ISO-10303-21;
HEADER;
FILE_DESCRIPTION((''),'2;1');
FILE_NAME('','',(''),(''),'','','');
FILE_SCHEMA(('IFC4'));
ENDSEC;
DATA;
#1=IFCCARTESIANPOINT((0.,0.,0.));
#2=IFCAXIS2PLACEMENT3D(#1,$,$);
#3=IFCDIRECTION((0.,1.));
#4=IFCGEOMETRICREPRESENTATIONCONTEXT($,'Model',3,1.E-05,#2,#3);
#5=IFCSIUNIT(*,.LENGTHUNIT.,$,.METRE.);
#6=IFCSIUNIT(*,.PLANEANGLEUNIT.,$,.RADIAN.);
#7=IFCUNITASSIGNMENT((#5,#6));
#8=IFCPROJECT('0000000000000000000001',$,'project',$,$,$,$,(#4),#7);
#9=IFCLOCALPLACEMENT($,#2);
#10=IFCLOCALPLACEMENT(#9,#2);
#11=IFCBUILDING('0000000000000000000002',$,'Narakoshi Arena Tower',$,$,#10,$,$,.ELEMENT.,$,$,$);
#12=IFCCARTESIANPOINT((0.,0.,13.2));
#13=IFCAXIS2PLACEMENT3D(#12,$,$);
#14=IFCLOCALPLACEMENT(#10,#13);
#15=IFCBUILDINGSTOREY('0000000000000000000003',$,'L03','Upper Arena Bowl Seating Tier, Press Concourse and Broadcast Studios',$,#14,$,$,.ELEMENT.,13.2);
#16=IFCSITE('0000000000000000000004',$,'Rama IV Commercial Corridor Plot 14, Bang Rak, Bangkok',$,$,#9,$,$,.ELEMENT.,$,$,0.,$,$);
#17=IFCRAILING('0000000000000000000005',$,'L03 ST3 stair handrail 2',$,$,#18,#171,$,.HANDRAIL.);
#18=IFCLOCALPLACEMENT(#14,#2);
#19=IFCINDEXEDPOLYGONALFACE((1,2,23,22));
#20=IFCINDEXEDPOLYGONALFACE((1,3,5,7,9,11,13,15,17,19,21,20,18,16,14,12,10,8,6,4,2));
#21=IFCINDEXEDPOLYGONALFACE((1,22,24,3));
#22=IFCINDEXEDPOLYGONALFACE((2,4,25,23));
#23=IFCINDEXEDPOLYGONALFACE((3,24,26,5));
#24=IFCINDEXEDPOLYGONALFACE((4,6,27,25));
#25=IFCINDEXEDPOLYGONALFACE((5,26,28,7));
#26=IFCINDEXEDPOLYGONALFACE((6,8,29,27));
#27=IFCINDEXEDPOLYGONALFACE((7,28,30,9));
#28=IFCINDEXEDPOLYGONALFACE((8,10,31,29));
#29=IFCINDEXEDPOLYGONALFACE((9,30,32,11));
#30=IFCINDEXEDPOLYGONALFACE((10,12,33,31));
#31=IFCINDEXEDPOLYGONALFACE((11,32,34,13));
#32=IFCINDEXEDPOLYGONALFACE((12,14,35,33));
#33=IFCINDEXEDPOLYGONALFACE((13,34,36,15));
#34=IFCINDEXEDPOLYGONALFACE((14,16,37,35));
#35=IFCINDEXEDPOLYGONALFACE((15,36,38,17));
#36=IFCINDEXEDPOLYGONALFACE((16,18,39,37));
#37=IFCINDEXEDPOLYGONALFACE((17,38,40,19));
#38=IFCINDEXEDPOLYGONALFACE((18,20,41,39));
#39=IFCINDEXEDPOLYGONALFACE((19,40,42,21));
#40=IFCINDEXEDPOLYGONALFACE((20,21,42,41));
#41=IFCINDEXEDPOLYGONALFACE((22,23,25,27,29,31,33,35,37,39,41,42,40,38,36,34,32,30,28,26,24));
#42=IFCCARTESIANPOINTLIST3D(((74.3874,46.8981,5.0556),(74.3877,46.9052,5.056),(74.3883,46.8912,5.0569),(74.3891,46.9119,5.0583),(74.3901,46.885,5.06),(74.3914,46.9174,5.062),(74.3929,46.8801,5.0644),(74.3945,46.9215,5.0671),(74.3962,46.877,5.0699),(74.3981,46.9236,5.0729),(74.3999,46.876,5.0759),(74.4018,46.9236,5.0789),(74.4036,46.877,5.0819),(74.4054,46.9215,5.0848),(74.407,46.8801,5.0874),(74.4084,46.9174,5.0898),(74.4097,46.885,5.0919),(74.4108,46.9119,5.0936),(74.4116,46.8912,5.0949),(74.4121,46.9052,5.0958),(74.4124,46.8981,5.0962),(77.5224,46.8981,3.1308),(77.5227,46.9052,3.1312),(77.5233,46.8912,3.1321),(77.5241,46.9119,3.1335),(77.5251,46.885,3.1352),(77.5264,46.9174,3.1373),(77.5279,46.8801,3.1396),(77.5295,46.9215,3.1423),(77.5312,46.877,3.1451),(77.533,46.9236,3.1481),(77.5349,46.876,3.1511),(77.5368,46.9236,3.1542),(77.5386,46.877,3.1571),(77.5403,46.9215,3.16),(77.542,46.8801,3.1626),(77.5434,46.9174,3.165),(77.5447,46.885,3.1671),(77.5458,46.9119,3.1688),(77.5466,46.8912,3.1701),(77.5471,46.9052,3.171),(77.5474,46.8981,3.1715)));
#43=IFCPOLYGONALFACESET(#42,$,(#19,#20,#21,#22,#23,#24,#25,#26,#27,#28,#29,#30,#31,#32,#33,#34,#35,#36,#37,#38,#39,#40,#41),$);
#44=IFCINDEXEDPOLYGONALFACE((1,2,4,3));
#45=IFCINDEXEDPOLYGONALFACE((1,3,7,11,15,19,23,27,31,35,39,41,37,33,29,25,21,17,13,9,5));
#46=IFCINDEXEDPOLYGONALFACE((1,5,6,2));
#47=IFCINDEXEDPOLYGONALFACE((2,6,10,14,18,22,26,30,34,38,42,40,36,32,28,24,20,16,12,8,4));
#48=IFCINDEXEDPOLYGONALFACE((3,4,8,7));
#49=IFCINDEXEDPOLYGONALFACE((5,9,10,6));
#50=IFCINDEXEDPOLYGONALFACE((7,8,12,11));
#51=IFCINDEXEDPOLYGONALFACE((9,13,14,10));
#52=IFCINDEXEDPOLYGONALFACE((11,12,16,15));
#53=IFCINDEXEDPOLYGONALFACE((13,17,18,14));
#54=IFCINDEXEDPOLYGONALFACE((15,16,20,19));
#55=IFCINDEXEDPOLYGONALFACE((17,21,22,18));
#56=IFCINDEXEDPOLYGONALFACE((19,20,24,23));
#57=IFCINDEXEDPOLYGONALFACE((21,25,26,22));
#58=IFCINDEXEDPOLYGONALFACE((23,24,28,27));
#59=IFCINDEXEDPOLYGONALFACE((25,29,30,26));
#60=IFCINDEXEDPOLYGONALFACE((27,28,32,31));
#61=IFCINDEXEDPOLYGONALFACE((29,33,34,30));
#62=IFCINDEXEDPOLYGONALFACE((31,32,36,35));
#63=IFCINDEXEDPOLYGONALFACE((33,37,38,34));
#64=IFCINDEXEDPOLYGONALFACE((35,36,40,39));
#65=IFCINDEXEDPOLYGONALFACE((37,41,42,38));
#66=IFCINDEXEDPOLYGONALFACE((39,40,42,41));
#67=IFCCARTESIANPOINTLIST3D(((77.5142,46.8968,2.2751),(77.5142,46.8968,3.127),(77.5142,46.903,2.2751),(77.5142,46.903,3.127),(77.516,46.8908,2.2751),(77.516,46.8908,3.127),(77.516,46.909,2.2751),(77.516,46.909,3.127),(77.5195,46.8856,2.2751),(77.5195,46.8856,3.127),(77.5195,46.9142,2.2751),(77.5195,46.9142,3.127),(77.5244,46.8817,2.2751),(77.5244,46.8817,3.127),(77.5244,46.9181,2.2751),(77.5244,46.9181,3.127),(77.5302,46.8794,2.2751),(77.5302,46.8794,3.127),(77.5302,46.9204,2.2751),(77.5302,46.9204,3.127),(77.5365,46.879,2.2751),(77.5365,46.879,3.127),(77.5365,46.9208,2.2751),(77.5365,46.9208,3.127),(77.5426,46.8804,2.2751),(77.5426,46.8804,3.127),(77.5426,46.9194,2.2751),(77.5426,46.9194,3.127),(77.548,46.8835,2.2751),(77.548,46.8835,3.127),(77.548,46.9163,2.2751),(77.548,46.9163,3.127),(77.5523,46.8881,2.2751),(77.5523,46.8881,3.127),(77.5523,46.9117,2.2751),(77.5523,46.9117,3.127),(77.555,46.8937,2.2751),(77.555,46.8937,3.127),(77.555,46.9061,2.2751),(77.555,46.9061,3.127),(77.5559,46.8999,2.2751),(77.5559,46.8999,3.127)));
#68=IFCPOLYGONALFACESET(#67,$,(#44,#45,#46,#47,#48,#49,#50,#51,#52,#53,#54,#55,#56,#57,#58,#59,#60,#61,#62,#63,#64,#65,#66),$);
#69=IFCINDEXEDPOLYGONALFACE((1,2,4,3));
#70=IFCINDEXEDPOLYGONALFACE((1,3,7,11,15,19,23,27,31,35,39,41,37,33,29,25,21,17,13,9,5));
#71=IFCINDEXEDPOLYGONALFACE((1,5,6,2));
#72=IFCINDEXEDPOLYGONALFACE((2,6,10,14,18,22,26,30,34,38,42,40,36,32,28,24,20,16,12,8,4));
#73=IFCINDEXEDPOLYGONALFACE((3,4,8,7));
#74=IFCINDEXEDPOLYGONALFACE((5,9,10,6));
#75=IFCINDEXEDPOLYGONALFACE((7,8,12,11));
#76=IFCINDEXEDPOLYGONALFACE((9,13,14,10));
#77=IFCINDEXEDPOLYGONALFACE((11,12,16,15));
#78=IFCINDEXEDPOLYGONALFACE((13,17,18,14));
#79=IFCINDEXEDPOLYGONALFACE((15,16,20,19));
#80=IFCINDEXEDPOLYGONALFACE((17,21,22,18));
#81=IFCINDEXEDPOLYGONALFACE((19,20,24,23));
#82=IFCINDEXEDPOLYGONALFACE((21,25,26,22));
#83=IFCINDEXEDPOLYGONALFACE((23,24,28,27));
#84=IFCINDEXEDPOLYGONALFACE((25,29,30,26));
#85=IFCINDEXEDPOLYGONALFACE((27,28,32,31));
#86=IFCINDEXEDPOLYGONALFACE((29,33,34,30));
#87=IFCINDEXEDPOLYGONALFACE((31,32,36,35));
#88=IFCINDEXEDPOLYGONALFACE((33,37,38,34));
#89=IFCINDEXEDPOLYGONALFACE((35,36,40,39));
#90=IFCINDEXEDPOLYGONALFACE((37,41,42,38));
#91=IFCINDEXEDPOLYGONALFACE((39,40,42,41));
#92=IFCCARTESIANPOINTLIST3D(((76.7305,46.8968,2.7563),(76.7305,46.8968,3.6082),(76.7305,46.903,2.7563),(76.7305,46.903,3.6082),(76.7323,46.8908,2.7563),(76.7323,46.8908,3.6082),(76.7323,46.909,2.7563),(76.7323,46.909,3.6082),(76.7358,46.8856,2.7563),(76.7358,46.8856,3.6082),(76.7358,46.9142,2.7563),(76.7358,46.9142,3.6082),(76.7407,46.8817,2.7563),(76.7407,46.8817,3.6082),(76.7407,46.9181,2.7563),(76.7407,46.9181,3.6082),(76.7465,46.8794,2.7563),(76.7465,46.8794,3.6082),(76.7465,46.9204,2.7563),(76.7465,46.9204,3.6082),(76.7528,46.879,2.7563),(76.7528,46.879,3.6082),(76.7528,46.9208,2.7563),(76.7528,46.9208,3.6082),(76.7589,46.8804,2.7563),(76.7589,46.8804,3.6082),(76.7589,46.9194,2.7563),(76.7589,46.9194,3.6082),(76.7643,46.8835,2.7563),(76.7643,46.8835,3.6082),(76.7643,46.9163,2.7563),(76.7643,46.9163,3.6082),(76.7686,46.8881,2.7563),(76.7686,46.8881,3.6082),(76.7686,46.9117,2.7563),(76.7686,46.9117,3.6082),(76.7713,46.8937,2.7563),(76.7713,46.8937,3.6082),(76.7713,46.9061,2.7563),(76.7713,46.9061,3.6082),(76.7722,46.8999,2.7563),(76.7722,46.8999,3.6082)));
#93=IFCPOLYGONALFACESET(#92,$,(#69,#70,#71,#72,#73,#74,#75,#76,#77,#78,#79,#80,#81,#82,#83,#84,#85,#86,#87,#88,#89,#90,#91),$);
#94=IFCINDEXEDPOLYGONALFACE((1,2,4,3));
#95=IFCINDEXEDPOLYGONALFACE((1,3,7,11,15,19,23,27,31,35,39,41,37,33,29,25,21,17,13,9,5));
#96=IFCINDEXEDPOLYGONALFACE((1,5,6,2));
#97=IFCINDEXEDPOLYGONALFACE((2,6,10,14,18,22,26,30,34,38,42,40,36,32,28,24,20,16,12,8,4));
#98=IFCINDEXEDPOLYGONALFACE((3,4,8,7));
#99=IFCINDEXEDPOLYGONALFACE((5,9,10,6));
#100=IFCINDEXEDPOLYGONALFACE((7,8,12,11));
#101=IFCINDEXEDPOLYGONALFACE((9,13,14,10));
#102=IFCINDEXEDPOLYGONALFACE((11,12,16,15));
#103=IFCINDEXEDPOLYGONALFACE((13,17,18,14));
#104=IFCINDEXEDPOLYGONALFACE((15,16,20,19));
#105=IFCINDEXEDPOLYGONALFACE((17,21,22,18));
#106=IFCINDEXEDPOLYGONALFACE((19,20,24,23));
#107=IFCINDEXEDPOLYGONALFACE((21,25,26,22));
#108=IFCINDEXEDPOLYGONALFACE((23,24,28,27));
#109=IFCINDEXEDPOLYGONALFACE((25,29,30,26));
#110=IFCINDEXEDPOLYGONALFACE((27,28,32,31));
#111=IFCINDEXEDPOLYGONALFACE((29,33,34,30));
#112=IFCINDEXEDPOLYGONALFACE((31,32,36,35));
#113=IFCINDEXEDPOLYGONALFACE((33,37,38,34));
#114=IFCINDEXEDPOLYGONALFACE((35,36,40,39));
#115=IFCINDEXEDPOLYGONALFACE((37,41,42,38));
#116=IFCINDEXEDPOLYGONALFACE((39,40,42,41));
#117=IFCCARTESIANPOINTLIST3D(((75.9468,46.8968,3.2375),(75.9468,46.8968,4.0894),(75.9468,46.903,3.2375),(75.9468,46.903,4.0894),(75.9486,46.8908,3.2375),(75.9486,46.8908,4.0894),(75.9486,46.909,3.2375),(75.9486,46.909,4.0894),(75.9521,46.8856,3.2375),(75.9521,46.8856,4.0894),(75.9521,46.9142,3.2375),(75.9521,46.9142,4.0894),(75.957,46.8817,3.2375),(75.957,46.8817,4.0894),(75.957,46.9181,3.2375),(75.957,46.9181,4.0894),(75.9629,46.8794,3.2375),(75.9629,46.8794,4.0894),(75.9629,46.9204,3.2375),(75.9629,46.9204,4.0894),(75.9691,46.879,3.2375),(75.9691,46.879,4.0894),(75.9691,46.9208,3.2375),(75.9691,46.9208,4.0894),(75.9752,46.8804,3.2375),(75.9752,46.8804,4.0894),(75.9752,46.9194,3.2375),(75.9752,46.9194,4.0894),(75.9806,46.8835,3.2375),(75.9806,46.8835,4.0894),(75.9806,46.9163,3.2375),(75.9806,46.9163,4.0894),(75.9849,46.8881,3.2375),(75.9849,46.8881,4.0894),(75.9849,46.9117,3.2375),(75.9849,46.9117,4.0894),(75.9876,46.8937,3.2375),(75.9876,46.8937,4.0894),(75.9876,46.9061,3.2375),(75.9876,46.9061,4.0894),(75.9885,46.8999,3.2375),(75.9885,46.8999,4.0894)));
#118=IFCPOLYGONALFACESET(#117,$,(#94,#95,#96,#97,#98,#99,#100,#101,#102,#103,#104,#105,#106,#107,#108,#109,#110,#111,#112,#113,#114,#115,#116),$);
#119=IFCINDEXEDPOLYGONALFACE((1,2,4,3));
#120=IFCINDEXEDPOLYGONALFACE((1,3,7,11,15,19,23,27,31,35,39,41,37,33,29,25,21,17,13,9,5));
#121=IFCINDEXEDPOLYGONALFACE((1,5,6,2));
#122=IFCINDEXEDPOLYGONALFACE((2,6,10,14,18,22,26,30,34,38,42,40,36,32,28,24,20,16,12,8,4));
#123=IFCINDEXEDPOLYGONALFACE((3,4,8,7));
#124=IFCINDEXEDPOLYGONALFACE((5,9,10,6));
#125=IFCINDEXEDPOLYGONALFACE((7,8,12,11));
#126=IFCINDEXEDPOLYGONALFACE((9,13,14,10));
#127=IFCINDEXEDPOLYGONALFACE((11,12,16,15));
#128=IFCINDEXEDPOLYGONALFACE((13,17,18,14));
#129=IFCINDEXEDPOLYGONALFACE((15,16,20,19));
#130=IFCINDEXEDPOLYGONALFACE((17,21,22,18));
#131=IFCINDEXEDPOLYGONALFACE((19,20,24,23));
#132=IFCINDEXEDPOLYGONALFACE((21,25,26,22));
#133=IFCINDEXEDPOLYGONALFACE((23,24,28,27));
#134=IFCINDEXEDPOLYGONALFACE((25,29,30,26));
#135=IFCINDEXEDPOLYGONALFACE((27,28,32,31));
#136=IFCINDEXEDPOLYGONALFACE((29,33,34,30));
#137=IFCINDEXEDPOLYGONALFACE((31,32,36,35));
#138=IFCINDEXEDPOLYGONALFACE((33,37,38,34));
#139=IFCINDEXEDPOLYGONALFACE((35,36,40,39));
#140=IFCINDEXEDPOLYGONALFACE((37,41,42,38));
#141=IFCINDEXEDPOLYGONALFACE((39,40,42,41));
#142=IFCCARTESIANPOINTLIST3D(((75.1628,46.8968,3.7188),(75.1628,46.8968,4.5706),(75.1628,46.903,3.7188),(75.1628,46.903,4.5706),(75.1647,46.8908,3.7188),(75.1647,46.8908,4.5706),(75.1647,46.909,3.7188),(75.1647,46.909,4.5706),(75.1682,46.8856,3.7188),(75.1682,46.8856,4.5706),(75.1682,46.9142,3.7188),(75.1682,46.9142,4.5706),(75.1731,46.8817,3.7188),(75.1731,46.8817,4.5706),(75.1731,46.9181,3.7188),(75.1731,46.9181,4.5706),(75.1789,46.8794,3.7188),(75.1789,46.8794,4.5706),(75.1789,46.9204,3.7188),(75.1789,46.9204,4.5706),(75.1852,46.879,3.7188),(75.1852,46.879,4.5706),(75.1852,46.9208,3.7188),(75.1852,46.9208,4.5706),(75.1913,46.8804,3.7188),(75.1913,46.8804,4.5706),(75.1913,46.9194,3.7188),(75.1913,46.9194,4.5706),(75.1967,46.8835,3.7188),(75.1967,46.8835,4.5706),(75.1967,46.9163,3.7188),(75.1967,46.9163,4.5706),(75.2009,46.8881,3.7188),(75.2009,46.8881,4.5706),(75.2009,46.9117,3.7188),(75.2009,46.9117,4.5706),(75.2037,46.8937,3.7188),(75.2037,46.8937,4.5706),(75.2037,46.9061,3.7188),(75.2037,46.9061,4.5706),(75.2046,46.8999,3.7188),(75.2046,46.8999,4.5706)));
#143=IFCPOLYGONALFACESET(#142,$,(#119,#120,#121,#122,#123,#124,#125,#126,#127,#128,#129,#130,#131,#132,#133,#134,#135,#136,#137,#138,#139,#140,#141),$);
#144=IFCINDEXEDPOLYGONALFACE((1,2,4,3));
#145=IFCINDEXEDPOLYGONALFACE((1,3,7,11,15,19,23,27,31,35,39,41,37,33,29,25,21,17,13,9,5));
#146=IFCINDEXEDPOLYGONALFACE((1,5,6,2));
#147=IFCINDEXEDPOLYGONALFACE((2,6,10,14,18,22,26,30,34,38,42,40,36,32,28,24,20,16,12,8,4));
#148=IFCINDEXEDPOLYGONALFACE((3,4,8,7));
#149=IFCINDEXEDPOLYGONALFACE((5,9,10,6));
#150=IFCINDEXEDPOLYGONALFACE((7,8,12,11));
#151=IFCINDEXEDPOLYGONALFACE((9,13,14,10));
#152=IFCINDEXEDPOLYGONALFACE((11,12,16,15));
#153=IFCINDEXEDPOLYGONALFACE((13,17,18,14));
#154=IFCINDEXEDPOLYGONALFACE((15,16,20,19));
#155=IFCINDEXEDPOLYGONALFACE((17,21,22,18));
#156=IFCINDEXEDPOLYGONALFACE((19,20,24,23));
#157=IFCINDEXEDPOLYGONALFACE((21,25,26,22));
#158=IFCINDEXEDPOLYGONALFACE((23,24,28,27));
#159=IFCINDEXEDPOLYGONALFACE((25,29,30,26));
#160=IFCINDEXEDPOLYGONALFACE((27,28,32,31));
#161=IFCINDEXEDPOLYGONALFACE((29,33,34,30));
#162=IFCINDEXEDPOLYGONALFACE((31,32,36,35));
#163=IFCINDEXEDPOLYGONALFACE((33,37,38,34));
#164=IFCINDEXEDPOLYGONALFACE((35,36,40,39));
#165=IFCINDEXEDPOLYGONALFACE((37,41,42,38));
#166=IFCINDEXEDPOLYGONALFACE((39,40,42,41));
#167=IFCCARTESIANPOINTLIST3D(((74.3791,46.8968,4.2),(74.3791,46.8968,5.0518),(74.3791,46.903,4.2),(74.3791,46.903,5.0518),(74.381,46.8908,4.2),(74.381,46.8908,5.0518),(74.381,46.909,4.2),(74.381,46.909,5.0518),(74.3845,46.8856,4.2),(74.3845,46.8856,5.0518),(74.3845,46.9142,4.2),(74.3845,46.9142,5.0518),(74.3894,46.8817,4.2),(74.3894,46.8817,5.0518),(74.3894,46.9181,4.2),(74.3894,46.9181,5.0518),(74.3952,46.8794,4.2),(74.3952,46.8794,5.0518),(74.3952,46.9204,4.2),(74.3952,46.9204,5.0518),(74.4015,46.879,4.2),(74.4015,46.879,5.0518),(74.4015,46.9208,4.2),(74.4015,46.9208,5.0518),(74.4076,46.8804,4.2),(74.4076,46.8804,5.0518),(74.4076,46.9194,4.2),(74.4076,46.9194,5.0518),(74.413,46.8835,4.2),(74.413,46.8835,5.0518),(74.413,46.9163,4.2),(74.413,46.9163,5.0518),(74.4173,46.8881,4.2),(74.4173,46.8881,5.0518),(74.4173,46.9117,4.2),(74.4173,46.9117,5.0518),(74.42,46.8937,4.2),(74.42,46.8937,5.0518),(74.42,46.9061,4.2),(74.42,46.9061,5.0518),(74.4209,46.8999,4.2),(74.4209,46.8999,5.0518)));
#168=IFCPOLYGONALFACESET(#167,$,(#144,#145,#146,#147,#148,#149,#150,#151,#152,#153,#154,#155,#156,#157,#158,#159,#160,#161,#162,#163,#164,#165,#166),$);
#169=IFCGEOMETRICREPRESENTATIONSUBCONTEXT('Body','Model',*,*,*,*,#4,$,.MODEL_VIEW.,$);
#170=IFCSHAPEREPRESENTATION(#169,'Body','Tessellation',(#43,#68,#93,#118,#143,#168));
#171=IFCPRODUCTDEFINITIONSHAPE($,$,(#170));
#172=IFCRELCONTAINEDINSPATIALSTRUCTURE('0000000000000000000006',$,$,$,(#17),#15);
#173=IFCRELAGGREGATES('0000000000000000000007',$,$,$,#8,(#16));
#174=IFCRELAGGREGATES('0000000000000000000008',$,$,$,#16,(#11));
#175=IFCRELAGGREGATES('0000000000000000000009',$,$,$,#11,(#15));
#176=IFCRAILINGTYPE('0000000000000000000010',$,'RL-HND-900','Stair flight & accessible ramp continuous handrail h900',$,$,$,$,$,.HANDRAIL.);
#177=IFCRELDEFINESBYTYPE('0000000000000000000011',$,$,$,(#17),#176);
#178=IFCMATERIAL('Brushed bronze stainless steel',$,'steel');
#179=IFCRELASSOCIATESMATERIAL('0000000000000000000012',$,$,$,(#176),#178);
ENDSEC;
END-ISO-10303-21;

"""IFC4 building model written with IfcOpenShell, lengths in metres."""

from ifc_helpers import new_model, si_unit, direction, frame, origin, origin_2d, place, context, subcontext, project, spatial, circle, extrude, material, type_object, element, save


model = new_model("IFC4")

# Units and contexts
model_context = context("Model", 3, precision=1e-05, world=origin(), true_north=direction((0.0, 1.0)))
body_context = subcontext(model_context, "Body", "Model", "MODEL_VIEW")
ifc_project = project(units=[si_unit("LENGTHUNIT", "METRE"), si_unit("PLANEANGLEUNIT", "RADIAN")], contexts=[model_context])

# Site, building, storey
site_placement = place(None, origin())
site = spatial("IfcSite", under=ifc_project, at=site_placement, Name="Rama IV Commercial Corridor Plot 14, Bang Rak, Bangkok", CompositionType="ELEMENT", RefElevation=0.0)
building_placement = place(site_placement, origin())
building = spatial("IfcBuilding", under=site, at=building_placement, Name="Narakoshi Arena Tower", CompositionType="ELEMENT")
storey_placement = place(building_placement, frame((0.0, 0.0, 13.2)))
storey = spatial("IfcBuildingStorey", under=building, at=storey_placement, Name="L03", Description="Upper Arena Bowl Seating Tier, Press Concourse and Broadcast Studios", CompositionType="ELEMENT", Elevation=13.2)

# Railing
ifc_material_1 = material(Name="Brushed bronze stainless steel", Category="steel")
railing_type_1 = type_object("IfcRailingType", Name="RL-HND-900", Description="Stair flight & accessible ramp continuous handrail h900", PredefinedType="HANDRAIL", material=ifc_material_1)
railing_1_placement = place(storey_placement, frame((77.5349, 46.8999, 2.2751)))
element("IfcRailing", 1, at=railing_1_placement, inside=storey, type_object=railing_type_1, Name="L03 ST3 stair handrail 2", PredefinedType="HANDRAIL", context=body_context, shape_type="SweptSolid", body=[
    extrude(circle(Radius=0.0239, at=origin_2d()), frame((0.0, 0.0, 0.876), z_axis=(-0.852196, 0.0, 0.523223), x_axis=(0.0, -1.0, 0.0)), (0.0, 0.0, 1.0), 3.6787),
    extrude(circle(Radius=0.021, at=origin_2d()), origin(), (0.0, 0.0, 1.0), 0.8518),
    extrude(circle(Radius=0.021, at=origin_2d()), frame((-0.7837, 0.0, 0.4812)), (0.0, 0.0, 1.0), 0.8518),
    extrude(circle(Radius=0.021, at=origin_2d()), frame((-1.5674, 0.0, 0.9624)), (0.0, 0.0, 1.0), 0.8518),
    extrude(circle(Radius=0.021, at=origin_2d()), frame((-2.3513, 0.0, 1.4436)), (0.0, 0.0, 1.0), 0.8518),
    extrude(circle(Radius=0.021, at=origin_2d()), frame((-3.135, 0.0, 1.9248)), (0.0, 0.0, 1.0), 0.8518),
])

save(model, "model.ifc")
